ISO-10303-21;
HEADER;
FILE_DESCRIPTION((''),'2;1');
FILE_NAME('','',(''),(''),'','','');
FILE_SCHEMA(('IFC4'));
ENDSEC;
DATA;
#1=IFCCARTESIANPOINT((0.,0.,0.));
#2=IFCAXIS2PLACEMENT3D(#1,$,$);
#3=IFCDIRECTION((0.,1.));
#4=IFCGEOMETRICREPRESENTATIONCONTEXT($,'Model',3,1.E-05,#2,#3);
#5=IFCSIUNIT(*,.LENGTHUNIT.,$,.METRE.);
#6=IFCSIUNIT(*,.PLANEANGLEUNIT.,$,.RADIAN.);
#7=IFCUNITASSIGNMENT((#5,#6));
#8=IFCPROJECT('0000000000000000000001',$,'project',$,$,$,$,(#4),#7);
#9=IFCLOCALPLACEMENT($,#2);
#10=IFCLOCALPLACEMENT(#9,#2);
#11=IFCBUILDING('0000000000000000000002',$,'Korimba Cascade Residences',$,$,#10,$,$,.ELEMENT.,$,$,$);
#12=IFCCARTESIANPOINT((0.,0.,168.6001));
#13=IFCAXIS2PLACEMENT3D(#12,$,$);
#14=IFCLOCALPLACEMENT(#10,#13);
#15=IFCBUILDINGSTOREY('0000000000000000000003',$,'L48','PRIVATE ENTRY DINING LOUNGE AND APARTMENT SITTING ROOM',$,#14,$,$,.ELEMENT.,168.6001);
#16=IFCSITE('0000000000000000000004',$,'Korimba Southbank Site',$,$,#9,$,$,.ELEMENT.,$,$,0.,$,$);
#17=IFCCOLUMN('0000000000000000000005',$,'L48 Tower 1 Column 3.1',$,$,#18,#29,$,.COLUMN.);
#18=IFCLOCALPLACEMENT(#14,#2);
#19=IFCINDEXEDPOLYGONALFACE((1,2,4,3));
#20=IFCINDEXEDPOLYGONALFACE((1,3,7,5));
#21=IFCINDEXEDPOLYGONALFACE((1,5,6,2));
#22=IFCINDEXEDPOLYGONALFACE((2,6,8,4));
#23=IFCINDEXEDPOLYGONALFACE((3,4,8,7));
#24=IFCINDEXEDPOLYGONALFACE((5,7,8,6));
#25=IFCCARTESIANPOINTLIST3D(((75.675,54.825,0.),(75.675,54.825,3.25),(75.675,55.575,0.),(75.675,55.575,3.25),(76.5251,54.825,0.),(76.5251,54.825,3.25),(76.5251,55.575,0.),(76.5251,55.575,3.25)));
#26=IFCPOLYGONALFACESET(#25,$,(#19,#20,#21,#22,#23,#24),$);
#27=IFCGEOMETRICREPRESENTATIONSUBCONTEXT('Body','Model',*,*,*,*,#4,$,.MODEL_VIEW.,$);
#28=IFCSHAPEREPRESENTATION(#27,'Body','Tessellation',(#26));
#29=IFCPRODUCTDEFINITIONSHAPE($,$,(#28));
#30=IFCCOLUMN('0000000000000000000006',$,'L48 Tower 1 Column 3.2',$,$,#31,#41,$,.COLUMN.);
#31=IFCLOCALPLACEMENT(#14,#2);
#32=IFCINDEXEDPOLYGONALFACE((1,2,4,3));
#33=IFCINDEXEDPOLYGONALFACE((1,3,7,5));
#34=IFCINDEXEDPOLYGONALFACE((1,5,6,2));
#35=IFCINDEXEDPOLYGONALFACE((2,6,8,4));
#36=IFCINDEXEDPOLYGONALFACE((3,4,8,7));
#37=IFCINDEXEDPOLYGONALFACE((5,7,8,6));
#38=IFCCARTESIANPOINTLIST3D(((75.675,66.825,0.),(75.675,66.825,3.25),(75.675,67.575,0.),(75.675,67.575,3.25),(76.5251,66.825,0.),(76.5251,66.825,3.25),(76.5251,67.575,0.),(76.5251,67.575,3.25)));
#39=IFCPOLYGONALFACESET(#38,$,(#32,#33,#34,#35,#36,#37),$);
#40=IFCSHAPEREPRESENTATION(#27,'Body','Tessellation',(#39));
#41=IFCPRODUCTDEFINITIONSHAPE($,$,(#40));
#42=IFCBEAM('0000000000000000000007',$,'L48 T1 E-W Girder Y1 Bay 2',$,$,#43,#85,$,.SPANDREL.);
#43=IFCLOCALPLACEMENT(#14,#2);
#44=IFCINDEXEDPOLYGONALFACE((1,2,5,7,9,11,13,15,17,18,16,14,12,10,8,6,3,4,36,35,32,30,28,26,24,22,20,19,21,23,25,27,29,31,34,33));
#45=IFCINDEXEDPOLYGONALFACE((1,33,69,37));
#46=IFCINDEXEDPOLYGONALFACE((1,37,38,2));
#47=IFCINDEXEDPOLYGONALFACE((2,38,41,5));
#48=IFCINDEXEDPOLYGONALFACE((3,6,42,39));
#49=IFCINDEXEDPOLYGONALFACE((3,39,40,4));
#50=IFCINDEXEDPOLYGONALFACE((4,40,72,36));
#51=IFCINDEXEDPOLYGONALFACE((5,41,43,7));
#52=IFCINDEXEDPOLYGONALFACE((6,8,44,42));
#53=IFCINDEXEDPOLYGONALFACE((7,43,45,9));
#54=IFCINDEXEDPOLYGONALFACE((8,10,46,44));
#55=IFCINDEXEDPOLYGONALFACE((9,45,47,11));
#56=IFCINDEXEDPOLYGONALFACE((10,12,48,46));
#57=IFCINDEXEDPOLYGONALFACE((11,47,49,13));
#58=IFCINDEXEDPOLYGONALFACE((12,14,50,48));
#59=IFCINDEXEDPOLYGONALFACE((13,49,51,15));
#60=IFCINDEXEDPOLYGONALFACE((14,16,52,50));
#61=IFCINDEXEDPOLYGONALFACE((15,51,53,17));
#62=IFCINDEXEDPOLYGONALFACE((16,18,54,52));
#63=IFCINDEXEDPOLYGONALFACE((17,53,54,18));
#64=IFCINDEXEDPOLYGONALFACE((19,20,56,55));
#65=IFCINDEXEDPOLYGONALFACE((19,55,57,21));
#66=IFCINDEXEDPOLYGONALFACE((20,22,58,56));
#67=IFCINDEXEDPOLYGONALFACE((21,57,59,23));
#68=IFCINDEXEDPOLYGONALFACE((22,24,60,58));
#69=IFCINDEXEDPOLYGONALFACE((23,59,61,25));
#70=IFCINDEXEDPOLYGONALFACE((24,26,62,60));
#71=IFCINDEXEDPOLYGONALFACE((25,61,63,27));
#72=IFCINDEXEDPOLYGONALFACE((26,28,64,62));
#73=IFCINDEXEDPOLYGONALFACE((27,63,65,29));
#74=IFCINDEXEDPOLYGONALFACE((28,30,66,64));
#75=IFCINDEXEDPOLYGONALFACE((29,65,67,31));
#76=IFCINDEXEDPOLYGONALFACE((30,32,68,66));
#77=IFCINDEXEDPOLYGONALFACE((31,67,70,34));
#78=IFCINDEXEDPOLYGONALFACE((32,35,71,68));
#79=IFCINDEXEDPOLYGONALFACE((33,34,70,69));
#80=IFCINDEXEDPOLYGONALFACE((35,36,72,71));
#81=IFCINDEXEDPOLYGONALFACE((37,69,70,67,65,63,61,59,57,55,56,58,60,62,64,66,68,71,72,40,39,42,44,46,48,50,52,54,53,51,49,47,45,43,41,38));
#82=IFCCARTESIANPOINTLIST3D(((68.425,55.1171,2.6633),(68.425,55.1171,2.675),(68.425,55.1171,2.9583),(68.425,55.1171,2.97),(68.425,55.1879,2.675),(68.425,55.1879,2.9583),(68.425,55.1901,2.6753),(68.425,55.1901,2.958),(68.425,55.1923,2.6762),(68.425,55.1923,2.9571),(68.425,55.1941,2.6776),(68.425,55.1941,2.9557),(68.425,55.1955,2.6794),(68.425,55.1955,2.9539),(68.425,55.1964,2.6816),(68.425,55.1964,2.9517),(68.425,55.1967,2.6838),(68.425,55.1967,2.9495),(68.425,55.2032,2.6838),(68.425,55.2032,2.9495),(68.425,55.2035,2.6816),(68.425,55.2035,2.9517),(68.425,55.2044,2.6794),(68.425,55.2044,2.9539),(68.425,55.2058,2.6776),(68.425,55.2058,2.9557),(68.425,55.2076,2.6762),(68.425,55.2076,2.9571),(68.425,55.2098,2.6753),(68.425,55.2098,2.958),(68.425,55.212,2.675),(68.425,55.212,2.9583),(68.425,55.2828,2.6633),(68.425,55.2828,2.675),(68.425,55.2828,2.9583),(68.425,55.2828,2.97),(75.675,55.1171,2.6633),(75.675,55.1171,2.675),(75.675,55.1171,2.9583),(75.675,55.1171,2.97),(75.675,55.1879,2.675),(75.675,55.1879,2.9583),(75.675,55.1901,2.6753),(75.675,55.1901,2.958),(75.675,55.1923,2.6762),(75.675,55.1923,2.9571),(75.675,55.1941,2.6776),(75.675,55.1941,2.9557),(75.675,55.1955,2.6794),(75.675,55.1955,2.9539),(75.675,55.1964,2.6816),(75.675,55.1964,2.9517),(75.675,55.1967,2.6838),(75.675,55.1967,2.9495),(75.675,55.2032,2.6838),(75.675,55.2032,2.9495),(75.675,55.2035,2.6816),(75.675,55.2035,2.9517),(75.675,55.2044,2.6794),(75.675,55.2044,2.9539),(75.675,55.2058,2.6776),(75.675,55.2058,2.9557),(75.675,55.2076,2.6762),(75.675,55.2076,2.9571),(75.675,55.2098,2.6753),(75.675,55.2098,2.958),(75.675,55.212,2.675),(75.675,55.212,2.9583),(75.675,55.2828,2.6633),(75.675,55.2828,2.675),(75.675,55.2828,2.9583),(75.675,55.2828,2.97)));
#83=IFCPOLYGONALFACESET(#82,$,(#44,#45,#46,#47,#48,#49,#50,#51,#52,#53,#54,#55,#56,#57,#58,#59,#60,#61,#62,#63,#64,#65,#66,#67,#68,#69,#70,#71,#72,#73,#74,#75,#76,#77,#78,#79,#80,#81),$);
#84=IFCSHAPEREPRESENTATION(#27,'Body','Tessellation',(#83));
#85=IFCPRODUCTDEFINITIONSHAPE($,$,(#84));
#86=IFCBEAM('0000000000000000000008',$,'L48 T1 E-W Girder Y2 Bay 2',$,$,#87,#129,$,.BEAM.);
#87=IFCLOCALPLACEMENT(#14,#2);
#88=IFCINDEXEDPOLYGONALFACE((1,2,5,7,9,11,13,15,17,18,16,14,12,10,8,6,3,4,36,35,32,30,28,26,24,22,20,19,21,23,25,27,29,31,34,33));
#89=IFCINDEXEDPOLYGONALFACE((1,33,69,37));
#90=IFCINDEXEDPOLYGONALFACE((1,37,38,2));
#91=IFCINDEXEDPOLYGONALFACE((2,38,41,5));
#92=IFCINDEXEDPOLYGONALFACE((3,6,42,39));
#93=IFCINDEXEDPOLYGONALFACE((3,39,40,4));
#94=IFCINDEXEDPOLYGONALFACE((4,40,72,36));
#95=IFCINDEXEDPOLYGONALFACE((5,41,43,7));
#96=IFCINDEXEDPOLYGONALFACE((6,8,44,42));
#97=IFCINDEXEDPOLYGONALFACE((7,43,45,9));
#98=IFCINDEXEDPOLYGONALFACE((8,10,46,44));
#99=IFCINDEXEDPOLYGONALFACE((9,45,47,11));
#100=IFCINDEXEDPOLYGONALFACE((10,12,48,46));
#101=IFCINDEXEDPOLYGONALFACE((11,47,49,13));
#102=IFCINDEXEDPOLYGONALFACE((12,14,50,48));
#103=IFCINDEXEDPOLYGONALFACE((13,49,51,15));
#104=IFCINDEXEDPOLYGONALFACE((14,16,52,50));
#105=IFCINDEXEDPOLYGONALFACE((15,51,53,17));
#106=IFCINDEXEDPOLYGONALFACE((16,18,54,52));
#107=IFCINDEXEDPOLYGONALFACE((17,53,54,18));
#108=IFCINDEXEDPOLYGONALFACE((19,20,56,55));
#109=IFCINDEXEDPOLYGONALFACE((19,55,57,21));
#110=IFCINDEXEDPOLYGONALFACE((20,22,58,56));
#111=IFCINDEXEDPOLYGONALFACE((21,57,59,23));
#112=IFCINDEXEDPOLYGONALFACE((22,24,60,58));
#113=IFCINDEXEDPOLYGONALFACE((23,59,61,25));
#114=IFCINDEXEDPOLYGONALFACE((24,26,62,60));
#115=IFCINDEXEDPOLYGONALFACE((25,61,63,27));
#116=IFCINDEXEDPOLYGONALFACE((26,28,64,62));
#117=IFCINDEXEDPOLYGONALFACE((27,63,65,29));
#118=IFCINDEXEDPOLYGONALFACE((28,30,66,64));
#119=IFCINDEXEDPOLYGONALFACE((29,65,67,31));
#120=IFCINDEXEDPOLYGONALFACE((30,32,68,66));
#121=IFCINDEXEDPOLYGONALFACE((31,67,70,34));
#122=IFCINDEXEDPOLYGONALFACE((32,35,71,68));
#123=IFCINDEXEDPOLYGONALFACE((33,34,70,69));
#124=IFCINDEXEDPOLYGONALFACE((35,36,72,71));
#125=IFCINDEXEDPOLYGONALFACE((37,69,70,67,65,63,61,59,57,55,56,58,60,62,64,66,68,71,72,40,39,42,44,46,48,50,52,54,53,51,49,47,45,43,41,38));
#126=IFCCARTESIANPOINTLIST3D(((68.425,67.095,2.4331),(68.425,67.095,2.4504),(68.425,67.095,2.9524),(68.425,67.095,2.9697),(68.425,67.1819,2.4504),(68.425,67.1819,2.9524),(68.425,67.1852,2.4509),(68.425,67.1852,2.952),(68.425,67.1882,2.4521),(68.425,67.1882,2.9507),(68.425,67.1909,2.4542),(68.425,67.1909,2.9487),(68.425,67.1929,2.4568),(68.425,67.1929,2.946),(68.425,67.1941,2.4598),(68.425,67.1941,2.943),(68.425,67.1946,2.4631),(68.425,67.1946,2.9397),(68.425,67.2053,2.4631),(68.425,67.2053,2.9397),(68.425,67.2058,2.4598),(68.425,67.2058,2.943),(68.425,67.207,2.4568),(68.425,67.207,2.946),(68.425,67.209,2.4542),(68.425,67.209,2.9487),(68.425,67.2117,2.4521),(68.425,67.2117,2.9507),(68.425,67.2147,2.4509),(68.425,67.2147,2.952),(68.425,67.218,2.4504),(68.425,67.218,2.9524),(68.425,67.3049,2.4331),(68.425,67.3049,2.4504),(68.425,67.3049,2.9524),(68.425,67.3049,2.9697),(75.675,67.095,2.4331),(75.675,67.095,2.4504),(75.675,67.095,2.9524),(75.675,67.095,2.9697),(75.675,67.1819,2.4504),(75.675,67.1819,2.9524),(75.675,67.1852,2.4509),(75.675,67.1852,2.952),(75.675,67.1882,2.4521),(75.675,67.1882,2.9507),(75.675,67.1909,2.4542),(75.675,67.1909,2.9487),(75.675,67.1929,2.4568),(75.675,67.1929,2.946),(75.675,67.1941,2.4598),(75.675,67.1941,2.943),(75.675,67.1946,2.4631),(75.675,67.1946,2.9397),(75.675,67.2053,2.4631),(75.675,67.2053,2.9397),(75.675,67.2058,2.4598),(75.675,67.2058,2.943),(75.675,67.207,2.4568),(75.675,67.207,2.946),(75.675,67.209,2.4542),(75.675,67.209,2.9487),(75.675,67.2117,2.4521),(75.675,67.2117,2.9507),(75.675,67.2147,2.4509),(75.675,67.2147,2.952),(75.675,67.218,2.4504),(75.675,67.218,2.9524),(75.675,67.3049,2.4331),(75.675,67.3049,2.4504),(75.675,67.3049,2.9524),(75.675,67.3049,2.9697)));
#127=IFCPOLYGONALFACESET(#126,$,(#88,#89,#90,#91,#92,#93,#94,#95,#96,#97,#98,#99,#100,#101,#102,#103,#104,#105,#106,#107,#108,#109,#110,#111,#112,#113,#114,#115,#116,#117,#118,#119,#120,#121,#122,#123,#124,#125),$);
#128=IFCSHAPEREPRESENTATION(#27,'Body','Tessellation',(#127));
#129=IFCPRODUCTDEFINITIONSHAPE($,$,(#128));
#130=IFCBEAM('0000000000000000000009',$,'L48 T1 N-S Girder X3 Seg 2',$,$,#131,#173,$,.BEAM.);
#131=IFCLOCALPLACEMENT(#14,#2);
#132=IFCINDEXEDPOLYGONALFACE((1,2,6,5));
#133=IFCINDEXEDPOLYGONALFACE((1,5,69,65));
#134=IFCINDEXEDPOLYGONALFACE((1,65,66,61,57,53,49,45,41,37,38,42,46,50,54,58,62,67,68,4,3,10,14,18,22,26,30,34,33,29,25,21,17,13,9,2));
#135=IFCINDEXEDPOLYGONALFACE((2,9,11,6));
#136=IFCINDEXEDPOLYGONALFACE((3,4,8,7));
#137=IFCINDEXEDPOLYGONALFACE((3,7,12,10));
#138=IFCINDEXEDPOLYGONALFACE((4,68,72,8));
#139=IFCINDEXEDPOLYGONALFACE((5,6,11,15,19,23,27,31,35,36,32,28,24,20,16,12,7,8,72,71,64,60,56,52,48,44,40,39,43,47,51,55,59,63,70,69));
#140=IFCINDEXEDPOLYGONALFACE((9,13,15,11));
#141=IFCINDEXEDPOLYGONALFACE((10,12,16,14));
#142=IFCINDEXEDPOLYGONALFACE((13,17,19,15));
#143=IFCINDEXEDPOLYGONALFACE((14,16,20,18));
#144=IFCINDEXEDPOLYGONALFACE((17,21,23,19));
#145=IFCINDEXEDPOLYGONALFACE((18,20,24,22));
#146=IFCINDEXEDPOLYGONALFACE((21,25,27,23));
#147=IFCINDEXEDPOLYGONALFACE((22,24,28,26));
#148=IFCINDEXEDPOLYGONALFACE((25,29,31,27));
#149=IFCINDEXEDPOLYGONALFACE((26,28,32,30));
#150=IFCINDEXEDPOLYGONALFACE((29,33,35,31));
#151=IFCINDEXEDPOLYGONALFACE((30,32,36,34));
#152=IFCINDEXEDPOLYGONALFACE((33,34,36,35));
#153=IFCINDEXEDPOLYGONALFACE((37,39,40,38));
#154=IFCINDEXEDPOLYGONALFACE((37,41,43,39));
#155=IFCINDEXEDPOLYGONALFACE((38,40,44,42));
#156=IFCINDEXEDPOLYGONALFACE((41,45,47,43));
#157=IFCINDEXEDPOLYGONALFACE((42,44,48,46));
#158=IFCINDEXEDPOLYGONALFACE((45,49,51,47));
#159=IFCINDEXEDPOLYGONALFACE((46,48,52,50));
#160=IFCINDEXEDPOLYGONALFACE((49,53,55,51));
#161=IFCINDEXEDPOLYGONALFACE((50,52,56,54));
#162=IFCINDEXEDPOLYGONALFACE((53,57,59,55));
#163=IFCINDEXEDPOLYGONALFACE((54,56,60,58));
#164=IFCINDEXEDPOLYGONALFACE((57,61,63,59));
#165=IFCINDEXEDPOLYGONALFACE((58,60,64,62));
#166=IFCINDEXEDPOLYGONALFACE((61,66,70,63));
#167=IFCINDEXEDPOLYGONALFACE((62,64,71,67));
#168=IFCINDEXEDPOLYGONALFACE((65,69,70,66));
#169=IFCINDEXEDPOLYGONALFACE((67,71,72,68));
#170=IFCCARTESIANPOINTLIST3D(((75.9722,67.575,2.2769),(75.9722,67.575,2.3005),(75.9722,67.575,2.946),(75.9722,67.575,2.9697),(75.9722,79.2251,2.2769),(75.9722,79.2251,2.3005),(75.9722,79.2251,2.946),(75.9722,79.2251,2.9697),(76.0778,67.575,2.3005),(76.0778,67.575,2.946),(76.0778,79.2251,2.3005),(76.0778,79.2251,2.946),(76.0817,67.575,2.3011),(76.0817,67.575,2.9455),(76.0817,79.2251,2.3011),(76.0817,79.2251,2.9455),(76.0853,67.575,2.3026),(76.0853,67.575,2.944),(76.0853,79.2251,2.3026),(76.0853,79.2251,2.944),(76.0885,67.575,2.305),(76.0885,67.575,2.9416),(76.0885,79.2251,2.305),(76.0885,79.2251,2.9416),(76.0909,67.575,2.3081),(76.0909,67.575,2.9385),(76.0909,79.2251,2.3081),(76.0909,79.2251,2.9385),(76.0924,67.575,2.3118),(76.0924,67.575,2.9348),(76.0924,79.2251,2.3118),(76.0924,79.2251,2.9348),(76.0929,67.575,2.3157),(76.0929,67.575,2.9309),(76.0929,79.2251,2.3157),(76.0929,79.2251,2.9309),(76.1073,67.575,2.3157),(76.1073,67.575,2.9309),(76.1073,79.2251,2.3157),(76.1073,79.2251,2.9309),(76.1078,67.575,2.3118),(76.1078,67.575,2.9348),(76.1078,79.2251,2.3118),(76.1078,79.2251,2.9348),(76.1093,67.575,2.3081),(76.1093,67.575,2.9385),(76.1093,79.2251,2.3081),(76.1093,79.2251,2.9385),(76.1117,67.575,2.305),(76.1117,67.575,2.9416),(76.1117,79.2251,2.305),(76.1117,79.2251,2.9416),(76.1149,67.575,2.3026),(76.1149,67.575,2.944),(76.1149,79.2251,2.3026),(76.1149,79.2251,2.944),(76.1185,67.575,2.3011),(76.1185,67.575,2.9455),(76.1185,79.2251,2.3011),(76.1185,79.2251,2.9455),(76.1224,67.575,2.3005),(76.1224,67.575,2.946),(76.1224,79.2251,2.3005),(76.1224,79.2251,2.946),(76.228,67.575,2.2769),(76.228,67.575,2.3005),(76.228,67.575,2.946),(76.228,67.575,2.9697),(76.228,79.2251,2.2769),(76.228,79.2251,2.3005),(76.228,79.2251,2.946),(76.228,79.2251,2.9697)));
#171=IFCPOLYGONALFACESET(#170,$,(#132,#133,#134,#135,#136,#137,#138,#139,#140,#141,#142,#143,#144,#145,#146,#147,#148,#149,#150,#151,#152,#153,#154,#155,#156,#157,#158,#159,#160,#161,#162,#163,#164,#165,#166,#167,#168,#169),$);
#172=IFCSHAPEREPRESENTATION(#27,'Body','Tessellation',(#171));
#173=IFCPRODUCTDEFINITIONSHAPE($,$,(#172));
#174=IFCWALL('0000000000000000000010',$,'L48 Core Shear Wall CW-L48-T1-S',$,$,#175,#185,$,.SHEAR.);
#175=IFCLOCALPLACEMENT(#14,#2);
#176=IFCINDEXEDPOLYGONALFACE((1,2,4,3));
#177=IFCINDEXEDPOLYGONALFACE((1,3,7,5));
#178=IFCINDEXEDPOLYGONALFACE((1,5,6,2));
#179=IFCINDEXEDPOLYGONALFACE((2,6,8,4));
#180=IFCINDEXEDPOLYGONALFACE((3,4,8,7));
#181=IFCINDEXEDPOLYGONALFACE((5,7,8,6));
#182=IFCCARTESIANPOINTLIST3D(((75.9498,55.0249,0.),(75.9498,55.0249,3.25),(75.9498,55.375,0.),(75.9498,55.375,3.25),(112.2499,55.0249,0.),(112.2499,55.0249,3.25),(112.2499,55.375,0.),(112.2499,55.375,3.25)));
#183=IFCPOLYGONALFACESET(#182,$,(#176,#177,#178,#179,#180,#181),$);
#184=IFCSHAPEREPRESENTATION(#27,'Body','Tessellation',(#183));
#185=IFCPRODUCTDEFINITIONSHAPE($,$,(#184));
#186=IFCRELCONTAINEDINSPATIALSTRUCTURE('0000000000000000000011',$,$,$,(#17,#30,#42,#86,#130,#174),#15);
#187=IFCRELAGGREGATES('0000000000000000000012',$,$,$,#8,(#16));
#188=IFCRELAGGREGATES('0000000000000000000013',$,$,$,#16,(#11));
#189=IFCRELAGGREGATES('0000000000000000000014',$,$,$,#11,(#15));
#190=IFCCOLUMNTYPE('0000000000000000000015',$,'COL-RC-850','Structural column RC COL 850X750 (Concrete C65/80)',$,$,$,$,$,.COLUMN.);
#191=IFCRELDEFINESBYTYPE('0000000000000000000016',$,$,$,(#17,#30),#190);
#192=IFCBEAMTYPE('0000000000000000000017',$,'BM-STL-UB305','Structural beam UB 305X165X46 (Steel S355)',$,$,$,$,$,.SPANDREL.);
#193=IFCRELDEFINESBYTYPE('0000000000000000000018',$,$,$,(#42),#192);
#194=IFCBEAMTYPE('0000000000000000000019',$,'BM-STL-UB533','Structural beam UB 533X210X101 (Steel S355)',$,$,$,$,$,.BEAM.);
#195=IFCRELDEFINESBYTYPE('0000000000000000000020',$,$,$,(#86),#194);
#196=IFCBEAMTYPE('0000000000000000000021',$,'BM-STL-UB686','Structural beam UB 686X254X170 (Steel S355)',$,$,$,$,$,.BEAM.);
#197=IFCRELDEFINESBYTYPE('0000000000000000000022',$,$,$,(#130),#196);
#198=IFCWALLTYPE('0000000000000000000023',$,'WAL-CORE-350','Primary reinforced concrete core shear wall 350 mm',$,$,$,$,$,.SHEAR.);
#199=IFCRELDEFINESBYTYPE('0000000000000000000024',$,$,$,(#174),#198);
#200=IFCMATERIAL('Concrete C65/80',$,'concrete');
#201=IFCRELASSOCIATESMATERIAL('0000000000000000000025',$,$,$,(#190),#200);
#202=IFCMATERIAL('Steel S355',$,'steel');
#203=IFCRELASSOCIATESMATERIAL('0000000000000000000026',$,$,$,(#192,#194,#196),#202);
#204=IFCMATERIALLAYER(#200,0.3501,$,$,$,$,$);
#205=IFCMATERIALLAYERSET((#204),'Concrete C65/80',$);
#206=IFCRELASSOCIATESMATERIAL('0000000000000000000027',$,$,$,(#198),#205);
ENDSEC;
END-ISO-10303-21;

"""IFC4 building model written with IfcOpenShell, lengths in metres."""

from ifc_helpers import new_model, si_unit, direction, frame, frame_2d, origin, origin_2d, place, context, subcontext, project, spatial, rectangle, i_section, extrude, material, layer, layer_set, material_profile, profile_set, type_object, element, save


model = new_model("IFC4")

# Units and contexts
model_context = context("Model", 3, precision=1e-05, world=origin(), true_north=direction((0.0, 1.0)))
body_context = subcontext(model_context, "Body", "Model", "MODEL_VIEW")
ifc_project = project(units=[si_unit("LENGTHUNIT", "METRE"), si_unit("PLANEANGLEUNIT", "RADIAN")], contexts=[model_context])

# Site, building, storey
site_placement = place(None, origin())
site = spatial("IfcSite", under=ifc_project, at=site_placement, Name="Korimba Southbank Site", CompositionType="ELEMENT", RefElevation=0.0)
building_placement = place(site_placement, origin())
building = spatial("IfcBuilding", under=site, at=building_placement, Name="Korimba Cascade Residences", CompositionType="ELEMENT")
storey_placement = place(building_placement, frame((0.0, 0.0, 168.6001)))
storey = spatial("IfcBuildingStorey", under=building, at=storey_placement, Name="L48", Description="PRIVATE ENTRY DINING LOUNGE AND APARTMENT SITTING ROOM", CompositionType="ELEMENT", Elevation=168.6001)

# Columns
ifc_material_1 = material(Name="Concrete C65/80", Category="concrete")
ifc_material_profile_1 = material_profile(ifc_material_1, rectangle(XDim=0.8501, YDim=0.75, at=origin_2d()), Name="Concrete C65/80")
ifc_profile_set_1 = profile_set([ifc_material_profile_1], Name="Concrete C65/80")
column_type = type_object("IfcColumnType", Name="COL-RC-850", Description="Structural column RC COL 850X750 (Concrete C65/80)", PredefinedType="COLUMN", material=ifc_profile_set_1)
for number, where, z_axis, x_axis, name in (
    (1, (76.1001, 55.2, 0.0), (0.0, 0.0, 1.0), (1.0, 0.0, 0.0), "L48 Tower 1 Column 3.1"),
    (2, (76.1001, 67.2, 0.0), (0.0, 0.0, 1.0), (1.0, 0.0, 0.0), "L48 Tower 1 Column 3.2"),
):
    element("IfcColumn", number, at=place(storey_placement, frame(where, z_axis=z_axis, x_axis=x_axis)), inside=storey, type_object=column_type, Name=name, PredefinedType="COLUMN", context=body_context, shape_type="SweptSolid", body=[
        extrude(rectangle(XDim=0.8501, YDim=0.75, at=origin_2d()), origin(), (0.0, 0.0, 1.0), 3.25),
    ])

# Beams
ifc_material_2 = material(Name="Steel S355", Category="steel")
ifc_material_profile_2 = material_profile(ifc_material_2, i_section(OverallWidth=0.1658, OverallDepth=0.3066, WebThickness=0.0066, FlangeThickness=0.0117, FilletRadius=0.0088, at=origin_2d()), Name="Steel S355")
ifc_profile_set_2 = profile_set([ifc_material_profile_2], Name="Steel S355")
beam_type_1 = type_object("IfcBeamType", Name="BM-STL-UB305", Description="Structural beam UB 305X165X46 (Steel S355)", PredefinedType="SPANDREL", material=ifc_profile_set_2)
beam_1_placement = place(storey_placement, frame((68.425, 55.2, 2.8167), z_axis=(1.0, 0.0, 0.0), x_axis=(0.0, 1.0, 0.0)))
element("IfcBeam", 3, at=beam_1_placement, inside=storey, type_object=beam_type_1, Name="L48 T1 E-W Girder Y1 Bay 2", PredefinedType="SPANDREL", context=body_context, shape_type="SweptSolid", body=[
    extrude(i_section(OverallWidth=0.1658, OverallDepth=0.3066, WebThickness=0.0066, FlangeThickness=0.0117, FilletRadius=0.0088, at=origin_2d()), origin(), (0.0, 0.0, 1.0), 7.25),
])
ifc_material_profile_3 = material_profile(ifc_material_2, i_section(OverallWidth=0.21, OverallDepth=0.5366, WebThickness=0.0107, FlangeThickness=0.0173, FilletRadius=0.0127, at=origin_2d()), Name="Steel S355")
ifc_profile_set_3 = profile_set([ifc_material_profile_3], Name="Steel S355")
beam_type_2 = type_object("IfcBeamType", Name="BM-STL-UB533", Description="Structural beam UB 533X210X101 (Steel S355)", PredefinedType="BEAM", material=ifc_profile_set_3)
beam_2_placement = place(storey_placement, frame((68.425, 67.2, 2.7014), z_axis=(1.0, 0.0, 0.0), x_axis=(0.0, 1.0, 0.0)))
element("IfcBeam", 4, at=beam_2_placement, inside=storey, type_object=beam_type_2, Name="L48 T1 E-W Girder Y2 Bay 2", PredefinedType="BEAM", context=body_context, shape_type="SweptSolid", body=[
    extrude(i_section(OverallWidth=0.21, OverallDepth=0.5366, WebThickness=0.0107, FlangeThickness=0.0173, FilletRadius=0.0127, at=origin_2d()), origin(), (0.0, 0.0, 1.0), 7.25),
])
ifc_material_profile_4 = material_profile(ifc_material_2, i_section(OverallWidth=0.2559, OverallDepth=0.6929, WebThickness=0.0144, FlangeThickness=0.0237, FilletRadius=0.0151, at=origin_2d()), Name="Steel S355")
ifc_profile_set_4 = profile_set([ifc_material_profile_4], Name="Steel S355")
beam_type_3 = type_object("IfcBeamType", Name="BM-STL-UB686", Description="Structural beam UB 686X254X170 (Steel S355)", PredefinedType="BEAM", material=ifc_profile_set_4)
beam_3_placement = place(storey_placement, frame((76.1001, 67.575, 2.6233), z_axis=(0.0, 1.0, 0.0), x_axis=(-1.0, 0.0, 0.0)))
element("IfcBeam", 5, at=beam_3_placement, inside=storey, type_object=beam_type_3, Name="L48 T1 N-S Girder X3 Seg 2", PredefinedType="BEAM", context=body_context, shape_type="SweptSolid", body=[
    extrude(i_section(OverallWidth=0.2559, OverallDepth=0.6929, WebThickness=0.0144, FlangeThickness=0.0237, FilletRadius=0.0151, at=origin_2d()), origin(), (0.0, 0.0, 1.0), 11.6501),
])

# Wall
ifc_layer_1 = layer(ifc_material_1, 0.3501)
ifc_layer_set_1 = layer_set([ifc_layer_1], Name="Concrete C65/80")
wall_type_1 = type_object("IfcWallType", Name="WAL-CORE-350", Description="Primary reinforced concrete core shear wall 350 mm", PredefinedType="SHEAR", material=ifc_layer_set_1)
wall_1_placement = place(storey_placement, frame((75.95, 55.2, 0.0), z_axis=(0.0, 0.0, 1.0), x_axis=(1.0, 0.0, 0.0)))
element("IfcWall", 6, at=wall_1_placement, inside=storey, type_object=wall_type_1, Name="L48 Core Shear Wall CW-L48-T1-S", PredefinedType="SHEAR", context=body_context, shape_type="SweptSolid", body=[
    extrude(rectangle(XDim=36.3, YDim=0.3501, at=frame_2d((18.1499, 0.0))), origin(), (0.0, 0.0, 1.0), 3.25),
])

save(model, "model.ifc")
